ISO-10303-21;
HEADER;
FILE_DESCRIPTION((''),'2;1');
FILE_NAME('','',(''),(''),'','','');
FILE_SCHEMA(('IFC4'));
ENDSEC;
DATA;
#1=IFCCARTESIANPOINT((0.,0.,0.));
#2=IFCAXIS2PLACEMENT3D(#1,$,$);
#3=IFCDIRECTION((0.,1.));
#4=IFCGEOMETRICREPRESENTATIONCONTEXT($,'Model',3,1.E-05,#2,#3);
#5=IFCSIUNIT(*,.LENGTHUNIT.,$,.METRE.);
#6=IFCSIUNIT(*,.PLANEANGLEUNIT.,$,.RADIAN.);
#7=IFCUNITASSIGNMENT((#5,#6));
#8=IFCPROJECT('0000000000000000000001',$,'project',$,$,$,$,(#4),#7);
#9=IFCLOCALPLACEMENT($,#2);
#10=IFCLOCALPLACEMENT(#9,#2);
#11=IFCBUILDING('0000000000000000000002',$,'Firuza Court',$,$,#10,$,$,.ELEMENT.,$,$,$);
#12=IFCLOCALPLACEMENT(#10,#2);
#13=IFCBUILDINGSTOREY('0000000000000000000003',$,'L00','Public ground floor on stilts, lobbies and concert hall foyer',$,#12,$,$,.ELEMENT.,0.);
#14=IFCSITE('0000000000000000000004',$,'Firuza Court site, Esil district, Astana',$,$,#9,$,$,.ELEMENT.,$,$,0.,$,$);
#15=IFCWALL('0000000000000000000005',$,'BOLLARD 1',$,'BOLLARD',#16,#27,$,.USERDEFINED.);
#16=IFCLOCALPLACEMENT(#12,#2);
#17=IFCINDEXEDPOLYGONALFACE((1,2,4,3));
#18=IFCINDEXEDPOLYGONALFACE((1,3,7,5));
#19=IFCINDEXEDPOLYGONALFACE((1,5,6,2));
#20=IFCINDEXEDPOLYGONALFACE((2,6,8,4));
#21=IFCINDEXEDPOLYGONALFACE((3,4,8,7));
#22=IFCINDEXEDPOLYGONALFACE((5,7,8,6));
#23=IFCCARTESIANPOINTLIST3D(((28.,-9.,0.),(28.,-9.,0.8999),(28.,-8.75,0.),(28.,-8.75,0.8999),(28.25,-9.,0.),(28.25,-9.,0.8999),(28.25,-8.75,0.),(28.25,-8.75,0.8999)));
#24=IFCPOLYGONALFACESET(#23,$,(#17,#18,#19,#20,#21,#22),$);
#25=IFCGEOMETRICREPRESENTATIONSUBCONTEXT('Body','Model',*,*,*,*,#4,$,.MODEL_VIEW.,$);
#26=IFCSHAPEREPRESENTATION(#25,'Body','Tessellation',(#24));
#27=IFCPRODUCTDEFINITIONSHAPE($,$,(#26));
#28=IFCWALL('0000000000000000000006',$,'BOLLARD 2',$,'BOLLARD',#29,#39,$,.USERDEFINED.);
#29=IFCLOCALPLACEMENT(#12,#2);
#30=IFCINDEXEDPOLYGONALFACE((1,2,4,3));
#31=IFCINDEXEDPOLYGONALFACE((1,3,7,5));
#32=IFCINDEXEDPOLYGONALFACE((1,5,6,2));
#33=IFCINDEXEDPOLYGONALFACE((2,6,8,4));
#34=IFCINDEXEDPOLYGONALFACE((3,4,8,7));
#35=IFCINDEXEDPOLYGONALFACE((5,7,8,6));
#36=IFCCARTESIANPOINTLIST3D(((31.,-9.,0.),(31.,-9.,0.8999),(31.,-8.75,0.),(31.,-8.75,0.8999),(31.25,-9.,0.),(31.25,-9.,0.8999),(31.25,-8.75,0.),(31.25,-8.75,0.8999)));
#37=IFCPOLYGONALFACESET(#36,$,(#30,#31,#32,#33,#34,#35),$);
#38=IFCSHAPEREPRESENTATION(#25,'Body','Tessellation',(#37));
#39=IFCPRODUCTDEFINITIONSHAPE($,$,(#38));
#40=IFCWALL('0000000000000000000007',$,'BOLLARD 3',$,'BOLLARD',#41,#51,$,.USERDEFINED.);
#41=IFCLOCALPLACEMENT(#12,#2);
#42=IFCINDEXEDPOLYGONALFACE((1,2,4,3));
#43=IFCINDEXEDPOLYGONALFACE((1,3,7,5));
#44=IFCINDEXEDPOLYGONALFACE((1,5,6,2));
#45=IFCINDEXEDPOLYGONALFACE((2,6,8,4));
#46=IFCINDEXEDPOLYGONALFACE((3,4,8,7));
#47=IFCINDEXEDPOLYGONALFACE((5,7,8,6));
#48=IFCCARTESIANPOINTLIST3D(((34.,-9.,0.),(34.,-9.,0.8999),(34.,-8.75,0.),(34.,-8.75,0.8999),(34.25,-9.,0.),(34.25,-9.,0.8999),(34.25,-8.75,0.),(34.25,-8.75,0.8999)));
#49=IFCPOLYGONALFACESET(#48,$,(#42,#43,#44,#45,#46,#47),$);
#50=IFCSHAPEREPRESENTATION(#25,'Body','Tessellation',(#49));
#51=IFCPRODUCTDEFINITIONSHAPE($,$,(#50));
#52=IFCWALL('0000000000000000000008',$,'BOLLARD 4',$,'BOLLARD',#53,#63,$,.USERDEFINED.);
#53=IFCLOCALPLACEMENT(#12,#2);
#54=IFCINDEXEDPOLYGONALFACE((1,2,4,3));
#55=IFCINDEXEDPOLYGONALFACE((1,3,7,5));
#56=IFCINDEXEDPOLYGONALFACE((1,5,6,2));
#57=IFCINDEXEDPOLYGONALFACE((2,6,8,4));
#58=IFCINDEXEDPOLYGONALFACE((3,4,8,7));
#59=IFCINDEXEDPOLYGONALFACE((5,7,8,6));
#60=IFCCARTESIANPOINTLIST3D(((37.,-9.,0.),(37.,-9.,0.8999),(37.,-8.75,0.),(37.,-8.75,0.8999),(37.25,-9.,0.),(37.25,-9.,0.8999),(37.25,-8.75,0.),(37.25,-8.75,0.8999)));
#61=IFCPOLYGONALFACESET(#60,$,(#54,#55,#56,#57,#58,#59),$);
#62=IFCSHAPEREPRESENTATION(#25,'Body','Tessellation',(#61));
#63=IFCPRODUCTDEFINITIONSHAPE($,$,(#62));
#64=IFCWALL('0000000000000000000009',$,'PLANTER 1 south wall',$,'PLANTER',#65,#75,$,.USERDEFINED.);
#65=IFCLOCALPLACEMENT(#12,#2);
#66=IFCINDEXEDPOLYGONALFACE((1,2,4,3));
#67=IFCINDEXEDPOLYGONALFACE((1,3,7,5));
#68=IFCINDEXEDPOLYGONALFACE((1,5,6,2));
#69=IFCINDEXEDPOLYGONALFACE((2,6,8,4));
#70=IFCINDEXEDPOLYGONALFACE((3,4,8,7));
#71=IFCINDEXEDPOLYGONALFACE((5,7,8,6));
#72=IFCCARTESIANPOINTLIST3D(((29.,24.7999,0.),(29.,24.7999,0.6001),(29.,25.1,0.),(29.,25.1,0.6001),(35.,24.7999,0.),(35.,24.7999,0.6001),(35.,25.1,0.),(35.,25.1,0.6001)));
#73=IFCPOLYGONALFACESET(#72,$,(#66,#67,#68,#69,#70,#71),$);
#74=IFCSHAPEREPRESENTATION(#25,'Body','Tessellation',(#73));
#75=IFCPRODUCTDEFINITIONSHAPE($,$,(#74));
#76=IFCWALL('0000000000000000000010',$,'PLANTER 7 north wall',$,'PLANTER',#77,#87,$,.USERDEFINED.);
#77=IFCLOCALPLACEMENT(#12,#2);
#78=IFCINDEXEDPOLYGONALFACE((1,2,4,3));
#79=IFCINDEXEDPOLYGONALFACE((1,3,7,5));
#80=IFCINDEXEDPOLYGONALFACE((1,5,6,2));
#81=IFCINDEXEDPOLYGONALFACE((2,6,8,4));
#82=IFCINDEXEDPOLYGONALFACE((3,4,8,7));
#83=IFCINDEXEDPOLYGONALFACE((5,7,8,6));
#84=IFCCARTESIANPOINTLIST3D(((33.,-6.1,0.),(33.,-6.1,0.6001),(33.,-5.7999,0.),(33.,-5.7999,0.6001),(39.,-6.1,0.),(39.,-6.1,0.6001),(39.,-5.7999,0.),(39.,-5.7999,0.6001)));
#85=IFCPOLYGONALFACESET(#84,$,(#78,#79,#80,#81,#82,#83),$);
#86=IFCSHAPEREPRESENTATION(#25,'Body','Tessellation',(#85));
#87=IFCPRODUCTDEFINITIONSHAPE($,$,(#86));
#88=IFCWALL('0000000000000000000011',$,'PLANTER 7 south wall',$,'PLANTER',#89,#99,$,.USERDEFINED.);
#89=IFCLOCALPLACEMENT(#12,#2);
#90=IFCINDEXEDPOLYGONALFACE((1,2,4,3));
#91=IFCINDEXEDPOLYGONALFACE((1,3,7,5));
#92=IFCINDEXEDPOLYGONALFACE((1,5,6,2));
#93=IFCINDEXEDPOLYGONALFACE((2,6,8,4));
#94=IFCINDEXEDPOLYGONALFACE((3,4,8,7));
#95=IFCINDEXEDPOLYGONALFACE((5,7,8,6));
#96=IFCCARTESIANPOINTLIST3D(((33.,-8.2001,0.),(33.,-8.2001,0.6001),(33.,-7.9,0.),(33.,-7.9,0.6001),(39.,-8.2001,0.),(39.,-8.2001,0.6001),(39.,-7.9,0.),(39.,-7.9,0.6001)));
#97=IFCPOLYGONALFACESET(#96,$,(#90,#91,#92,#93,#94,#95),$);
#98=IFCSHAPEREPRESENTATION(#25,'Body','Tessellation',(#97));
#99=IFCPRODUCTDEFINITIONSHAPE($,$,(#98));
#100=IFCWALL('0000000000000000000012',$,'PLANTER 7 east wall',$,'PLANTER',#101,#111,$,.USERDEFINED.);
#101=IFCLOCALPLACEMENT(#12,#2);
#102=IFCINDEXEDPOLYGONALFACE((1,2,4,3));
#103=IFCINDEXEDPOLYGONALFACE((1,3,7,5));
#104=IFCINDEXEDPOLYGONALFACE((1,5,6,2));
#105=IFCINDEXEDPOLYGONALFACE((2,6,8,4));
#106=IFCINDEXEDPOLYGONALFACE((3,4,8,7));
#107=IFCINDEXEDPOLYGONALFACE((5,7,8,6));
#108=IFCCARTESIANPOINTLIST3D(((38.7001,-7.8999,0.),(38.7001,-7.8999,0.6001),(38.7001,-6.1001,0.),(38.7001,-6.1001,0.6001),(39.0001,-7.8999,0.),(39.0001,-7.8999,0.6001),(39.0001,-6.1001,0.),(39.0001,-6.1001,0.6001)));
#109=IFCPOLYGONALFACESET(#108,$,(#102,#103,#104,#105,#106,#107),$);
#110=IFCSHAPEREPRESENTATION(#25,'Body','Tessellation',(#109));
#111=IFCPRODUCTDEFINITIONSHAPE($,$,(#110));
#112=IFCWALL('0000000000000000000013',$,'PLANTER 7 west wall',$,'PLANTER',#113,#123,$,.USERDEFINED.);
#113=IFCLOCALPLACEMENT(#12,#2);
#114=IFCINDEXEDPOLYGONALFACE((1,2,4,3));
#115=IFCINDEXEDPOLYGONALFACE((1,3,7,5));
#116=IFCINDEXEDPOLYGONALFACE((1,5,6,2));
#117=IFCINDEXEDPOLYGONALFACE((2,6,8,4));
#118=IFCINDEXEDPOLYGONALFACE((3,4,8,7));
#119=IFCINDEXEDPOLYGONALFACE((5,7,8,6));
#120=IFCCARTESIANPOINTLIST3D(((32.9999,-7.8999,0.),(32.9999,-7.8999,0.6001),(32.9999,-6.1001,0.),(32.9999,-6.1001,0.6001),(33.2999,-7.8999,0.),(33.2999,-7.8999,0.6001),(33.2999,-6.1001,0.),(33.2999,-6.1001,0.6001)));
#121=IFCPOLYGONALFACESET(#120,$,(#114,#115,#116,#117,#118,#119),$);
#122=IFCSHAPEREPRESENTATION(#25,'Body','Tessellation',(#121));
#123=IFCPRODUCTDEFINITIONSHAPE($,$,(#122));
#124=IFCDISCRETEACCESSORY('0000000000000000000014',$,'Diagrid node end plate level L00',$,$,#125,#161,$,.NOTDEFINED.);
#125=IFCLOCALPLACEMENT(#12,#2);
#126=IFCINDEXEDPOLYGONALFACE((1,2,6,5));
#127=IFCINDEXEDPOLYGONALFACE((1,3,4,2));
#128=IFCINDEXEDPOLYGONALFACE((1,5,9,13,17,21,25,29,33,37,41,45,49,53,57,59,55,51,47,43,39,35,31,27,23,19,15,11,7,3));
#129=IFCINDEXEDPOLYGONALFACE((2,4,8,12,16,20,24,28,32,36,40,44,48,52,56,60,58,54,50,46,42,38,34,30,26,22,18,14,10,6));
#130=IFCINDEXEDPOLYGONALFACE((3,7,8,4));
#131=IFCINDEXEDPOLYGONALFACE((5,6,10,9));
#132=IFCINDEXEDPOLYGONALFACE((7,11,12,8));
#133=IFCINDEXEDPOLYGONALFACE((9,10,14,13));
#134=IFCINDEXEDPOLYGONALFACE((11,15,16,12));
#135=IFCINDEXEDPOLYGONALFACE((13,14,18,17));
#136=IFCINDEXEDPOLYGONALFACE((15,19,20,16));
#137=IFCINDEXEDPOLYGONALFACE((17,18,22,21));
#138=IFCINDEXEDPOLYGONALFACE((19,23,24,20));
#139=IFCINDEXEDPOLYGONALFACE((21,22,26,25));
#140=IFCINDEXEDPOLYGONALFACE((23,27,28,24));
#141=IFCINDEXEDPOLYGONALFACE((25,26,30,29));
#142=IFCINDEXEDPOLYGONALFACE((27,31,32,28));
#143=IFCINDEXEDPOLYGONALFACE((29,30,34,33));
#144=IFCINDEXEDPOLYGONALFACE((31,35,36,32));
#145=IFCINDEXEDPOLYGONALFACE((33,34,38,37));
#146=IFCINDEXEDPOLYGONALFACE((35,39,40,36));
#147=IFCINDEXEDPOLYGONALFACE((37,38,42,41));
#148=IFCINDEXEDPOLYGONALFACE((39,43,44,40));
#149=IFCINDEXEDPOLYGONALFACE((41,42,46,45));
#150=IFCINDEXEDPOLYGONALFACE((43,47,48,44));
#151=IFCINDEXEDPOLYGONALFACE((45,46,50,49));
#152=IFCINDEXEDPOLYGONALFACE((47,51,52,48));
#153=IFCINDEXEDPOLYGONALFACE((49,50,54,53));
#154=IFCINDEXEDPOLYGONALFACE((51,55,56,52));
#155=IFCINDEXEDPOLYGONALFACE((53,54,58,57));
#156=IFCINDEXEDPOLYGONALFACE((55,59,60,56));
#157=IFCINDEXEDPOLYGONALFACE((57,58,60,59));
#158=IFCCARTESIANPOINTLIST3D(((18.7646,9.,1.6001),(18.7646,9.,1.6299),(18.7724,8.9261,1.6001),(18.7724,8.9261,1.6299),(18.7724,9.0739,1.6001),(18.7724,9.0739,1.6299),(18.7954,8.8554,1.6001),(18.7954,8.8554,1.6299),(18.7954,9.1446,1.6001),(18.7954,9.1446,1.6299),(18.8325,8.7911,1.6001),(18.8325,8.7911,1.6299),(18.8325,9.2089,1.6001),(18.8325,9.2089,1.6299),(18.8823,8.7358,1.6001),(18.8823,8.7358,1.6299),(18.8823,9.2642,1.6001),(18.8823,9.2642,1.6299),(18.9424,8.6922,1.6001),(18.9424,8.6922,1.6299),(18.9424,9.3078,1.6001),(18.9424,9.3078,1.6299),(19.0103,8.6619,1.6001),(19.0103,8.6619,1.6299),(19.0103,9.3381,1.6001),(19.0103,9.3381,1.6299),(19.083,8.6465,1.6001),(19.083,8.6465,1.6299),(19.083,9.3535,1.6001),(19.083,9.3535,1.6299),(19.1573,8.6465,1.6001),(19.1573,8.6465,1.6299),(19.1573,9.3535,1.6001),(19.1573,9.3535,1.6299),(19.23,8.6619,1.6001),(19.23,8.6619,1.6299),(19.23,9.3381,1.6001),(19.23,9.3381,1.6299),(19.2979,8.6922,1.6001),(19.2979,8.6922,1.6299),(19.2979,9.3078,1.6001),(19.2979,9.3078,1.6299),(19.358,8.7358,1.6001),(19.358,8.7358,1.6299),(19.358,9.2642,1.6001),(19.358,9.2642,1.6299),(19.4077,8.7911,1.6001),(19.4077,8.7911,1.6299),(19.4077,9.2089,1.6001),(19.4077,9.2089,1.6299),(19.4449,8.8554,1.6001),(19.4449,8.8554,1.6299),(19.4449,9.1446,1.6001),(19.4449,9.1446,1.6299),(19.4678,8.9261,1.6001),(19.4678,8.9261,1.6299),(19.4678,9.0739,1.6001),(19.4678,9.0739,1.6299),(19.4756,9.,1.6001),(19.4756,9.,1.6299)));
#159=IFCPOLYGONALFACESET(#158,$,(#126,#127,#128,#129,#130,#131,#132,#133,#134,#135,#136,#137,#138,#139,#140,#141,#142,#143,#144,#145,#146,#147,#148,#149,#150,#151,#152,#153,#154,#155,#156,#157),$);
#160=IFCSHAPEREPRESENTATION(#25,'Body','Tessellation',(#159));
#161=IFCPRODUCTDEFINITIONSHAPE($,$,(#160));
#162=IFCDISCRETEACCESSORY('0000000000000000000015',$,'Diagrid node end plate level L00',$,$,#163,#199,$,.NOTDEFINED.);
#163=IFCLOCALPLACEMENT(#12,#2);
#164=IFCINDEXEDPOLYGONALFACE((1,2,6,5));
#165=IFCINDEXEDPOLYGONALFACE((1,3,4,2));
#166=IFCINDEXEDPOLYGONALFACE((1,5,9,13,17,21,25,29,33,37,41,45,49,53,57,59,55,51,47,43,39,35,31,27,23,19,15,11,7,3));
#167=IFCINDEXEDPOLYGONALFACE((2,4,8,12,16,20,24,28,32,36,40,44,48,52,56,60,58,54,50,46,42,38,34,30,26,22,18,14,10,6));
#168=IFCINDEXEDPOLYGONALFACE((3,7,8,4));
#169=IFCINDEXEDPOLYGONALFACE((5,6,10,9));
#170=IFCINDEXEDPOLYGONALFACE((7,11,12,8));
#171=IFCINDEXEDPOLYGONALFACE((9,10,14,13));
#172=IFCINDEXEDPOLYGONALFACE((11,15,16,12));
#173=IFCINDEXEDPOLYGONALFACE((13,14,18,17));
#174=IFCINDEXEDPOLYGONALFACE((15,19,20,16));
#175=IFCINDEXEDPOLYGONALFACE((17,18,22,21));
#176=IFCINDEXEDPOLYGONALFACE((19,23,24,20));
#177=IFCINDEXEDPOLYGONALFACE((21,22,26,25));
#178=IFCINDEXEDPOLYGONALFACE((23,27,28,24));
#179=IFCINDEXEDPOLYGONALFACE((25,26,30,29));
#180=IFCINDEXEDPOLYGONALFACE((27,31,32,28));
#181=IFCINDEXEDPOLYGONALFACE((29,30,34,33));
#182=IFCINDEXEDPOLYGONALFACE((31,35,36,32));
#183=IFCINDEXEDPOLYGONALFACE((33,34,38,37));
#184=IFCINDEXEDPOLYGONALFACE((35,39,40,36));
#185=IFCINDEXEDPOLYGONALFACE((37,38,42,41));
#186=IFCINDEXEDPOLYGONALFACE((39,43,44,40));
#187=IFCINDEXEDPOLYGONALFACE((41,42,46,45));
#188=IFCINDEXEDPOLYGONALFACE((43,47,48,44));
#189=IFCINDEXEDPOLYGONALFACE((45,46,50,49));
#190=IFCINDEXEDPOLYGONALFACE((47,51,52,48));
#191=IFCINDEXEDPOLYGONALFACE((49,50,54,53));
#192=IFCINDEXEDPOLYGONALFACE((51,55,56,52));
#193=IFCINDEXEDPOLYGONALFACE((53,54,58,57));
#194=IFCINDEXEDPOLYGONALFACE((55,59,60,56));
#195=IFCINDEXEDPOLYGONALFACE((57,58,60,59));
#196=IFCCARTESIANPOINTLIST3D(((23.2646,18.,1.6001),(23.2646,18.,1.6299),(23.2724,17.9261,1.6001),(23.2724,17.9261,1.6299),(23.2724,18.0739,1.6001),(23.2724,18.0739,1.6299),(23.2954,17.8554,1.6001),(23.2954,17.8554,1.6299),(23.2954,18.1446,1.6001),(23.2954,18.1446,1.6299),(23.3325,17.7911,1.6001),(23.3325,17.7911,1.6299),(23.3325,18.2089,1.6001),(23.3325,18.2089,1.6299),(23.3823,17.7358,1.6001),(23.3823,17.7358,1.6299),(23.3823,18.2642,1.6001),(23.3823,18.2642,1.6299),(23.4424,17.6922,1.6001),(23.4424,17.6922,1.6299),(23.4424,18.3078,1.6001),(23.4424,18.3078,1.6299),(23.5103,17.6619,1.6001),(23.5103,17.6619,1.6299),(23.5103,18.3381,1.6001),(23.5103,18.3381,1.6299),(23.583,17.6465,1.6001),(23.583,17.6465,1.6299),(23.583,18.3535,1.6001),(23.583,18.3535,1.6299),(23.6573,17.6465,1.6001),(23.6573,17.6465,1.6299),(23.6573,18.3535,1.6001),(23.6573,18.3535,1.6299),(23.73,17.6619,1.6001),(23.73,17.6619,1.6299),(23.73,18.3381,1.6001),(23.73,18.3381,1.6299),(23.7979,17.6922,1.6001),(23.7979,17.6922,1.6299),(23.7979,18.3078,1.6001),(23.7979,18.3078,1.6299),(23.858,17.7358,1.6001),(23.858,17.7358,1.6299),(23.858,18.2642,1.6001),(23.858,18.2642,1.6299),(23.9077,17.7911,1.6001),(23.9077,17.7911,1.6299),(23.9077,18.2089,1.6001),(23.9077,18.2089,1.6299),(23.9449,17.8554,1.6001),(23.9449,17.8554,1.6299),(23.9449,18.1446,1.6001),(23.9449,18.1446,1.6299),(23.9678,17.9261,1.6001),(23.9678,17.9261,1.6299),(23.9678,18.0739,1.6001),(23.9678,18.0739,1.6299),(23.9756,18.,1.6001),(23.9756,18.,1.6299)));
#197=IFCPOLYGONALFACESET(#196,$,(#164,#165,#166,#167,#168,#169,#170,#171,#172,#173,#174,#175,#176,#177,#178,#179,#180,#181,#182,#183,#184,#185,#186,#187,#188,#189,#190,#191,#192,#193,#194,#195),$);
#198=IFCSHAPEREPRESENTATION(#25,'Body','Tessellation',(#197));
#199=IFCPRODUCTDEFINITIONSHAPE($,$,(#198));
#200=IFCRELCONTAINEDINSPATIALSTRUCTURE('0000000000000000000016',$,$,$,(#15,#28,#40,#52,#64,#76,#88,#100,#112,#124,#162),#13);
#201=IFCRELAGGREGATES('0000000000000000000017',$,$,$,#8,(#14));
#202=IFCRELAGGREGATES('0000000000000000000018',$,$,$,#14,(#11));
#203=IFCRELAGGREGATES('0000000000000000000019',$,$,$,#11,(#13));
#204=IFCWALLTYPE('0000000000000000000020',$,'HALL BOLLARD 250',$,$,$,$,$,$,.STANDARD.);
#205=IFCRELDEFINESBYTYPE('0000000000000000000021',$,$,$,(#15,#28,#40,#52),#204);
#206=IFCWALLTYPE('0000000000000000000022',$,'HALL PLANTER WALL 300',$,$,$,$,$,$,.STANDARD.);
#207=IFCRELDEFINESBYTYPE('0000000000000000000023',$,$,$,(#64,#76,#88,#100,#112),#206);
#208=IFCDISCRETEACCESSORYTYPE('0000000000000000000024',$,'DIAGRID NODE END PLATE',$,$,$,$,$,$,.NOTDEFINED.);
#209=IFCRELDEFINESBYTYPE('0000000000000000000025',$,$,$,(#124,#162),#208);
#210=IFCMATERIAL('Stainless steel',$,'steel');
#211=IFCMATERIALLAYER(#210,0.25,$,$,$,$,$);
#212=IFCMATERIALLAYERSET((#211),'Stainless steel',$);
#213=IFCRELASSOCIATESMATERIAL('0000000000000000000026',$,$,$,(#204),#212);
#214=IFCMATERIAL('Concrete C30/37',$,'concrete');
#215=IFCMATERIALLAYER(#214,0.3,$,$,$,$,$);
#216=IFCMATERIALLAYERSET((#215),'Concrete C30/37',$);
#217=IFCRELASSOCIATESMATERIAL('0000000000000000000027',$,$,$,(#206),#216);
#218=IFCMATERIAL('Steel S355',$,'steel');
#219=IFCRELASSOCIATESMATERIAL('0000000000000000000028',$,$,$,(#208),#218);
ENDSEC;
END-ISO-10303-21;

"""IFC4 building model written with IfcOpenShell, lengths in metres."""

from ifc_helpers import new_model, si_unit, direction, frame, frame_2d, origin, origin_2d, place, context, subcontext, project, spatial, rectangle, circle, extrude, material, layer, layer_set, material_profile, profile_set, type_object, element, save


model = new_model("IFC4")

# Units and contexts
model_context = context("Model", 3, precision=1e-05, world=origin(), true_north=direction((0.0, 1.0)))
body_context = subcontext(model_context, "Body", "Model", "MODEL_VIEW")
ifc_project = project(units=[si_unit("LENGTHUNIT", "METRE"), si_unit("PLANEANGLEUNIT", "RADIAN")], contexts=[model_context])

# Site, building, storey
site_placement = place(None, origin())
site = spatial("IfcSite", under=ifc_project, at=site_placement, Name="Firuza Court site, Esil district, Astana", CompositionType="ELEMENT", RefElevation=0.0)
building_placement = place(site_placement, origin())
building = spatial("IfcBuilding", under=site, at=building_placement, Name="Firuza Court", CompositionType="ELEMENT")
storey_placement = place(building_placement, origin())
storey = spatial("IfcBuildingStorey", under=building, at=storey_placement, Name="L00", Description="Public ground floor on stilts, lobbies and concert hall foyer", CompositionType="ELEMENT", Elevation=0.0)

# Walls
ifc_material_1 = material(Name="Concrete C30/37", Category="concrete")
ifc_material_2 = material(Name="Stainless steel", Category="steel")
ifc_layer_1 = layer(ifc_material_2, 0.25)
ifc_layer_set_1 = layer_set([ifc_layer_1], Name="Stainless steel")
wall_type_1 = type_object("IfcWallType", Name="HALL BOLLARD 250", PredefinedType="STANDARD", material=ifc_layer_set_1)
for number, where, z_axis, x_axis, name in (
    (1, (28.0, -8.875, 0.0), (0.0, 0.0, 1.0), (1.0, 0.0, 0.0), "BOLLARD 1"),
    (2, (31.0, -8.875, 0.0), (0.0, 0.0, 1.0), (1.0, 0.0, 0.0), "BOLLARD 2"),
    (3, (34.0, -8.875, 0.0), (0.0, 0.0, 1.0), (1.0, 0.0, 0.0), "BOLLARD 3"),
    (4, (37.0, -8.875, 0.0), (0.0, 0.0, 1.0), (1.0, 0.0, 0.0), "BOLLARD 4"),
):
    element("IfcWall", number, at=place(storey_placement, frame(where, z_axis=z_axis, x_axis=x_axis)), inside=storey, type_object=wall_type_1, Name=name, ObjectType="BOLLARD", PredefinedType="USERDEFINED", context=body_context, shape_type="SweptSolid", body=[
        extrude(rectangle(XDim=0.25, YDim=0.25, at=frame_2d((0.125, 0.0))), origin(), (0.0, 0.0, 1.0), 0.8999),
    ])
ifc_layer_2 = layer(ifc_material_1, 0.3)
ifc_layer_set_2 = layer_set([ifc_layer_2], Name="Concrete C30/37")
wall_type_2 = type_object("IfcWallType", Name="HALL PLANTER WALL 300", PredefinedType="STANDARD", material=ifc_layer_set_2)
for number, where, z_axis, x_axis, name in (
    (5, (29.0, 24.95, 0.0), (0.0, 0.0, 1.0), (1.0, 0.0, 0.0), "PLANTER 1 south wall"),
    (6, (33.0, -5.95, 0.0), (0.0, 0.0, 1.0), (1.0, 0.0, 0.0), "PLANTER 7 north wall"),
    (7, (33.0, -8.05, 0.0), (0.0, 0.0, 1.0), (1.0, 0.0, 0.0), "PLANTER 7 south wall"),
):
    element("IfcWall", number, at=place(storey_placement, frame(where, z_axis=z_axis, x_axis=x_axis)), inside=storey, type_object=wall_type_2, Name=name, ObjectType="PLANTER", PredefinedType="USERDEFINED", context=body_context, shape_type="SweptSolid", body=[
        extrude(rectangle(XDim=6.0, YDim=0.3, at=frame_2d((3.0, 0.0))), origin(), (0.0, 0.0, 1.0), 0.6001),
    ])
for number, where, z_axis, x_axis, name in (
    (8, (38.8501, -7.8999, 0.0), (0.0, 0.0, 1.0), (0.0, 1.0, 0.0), "PLANTER 7 east wall"),
    (9, (33.1499, -7.8999, 0.0), (0.0, 0.0, 1.0), (0.0, 1.0, 0.0), "PLANTER 7 west wall"),
):
    element("IfcWall", number, at=place(storey_placement, frame(where, z_axis=z_axis, x_axis=x_axis)), inside=storey, type_object=wall_type_2, Name=name, ObjectType="PLANTER", PredefinedType="USERDEFINED", context=body_context, shape_type="SweptSolid", body=[
        extrude(rectangle(XDim=1.7998, YDim=0.3, at=frame_2d((0.8999, 0.0))), origin(), (0.0, 0.0, 1.0), 0.6001),
    ])

# Discrete accessories
ifc_material_3 = material(Name="Steel S355", Category="steel")
ifc_material_profile_1 = material_profile(ifc_material_3, circle(Radius=0.3555, at=origin_2d()), Name="PL D711")
ifc_profile_set_1 = profile_set([ifc_material_profile_1], Name="Steel S355")
discrete_accessory_type = type_object("IfcDiscreteAccessoryType", Name="DIAGRID NODE END PLATE", PredefinedType="NOTDEFINED", material=ifc_profile_set_1)
for number, where, z_axis, x_axis, name in (
    (10, (19.1201, 9.0, 1.6001), (0.0, 0.0, 1.0), (1.0, 0.0, 0.0), "Diagrid node end plate level L00"),
    (11, (23.6201, 18.0, 1.6001), (0.0, 0.0, 1.0), (1.0, 0.0, 0.0), "Diagrid node end plate level L00"),
):
    element("IfcDiscreteAccessory", number, at=place(storey_placement, frame(where, z_axis=z_axis, x_axis=x_axis)), inside=storey, type_object=discrete_accessory_type, Name=name, PredefinedType="NOTDEFINED", context=body_context, shape_type="SweptSolid", body=[
        extrude(circle(Radius=0.3555, at=origin_2d()), origin(), (0.0, 0.0, 1.0), 0.0298),
    ])

save(model, "model.ifc")
